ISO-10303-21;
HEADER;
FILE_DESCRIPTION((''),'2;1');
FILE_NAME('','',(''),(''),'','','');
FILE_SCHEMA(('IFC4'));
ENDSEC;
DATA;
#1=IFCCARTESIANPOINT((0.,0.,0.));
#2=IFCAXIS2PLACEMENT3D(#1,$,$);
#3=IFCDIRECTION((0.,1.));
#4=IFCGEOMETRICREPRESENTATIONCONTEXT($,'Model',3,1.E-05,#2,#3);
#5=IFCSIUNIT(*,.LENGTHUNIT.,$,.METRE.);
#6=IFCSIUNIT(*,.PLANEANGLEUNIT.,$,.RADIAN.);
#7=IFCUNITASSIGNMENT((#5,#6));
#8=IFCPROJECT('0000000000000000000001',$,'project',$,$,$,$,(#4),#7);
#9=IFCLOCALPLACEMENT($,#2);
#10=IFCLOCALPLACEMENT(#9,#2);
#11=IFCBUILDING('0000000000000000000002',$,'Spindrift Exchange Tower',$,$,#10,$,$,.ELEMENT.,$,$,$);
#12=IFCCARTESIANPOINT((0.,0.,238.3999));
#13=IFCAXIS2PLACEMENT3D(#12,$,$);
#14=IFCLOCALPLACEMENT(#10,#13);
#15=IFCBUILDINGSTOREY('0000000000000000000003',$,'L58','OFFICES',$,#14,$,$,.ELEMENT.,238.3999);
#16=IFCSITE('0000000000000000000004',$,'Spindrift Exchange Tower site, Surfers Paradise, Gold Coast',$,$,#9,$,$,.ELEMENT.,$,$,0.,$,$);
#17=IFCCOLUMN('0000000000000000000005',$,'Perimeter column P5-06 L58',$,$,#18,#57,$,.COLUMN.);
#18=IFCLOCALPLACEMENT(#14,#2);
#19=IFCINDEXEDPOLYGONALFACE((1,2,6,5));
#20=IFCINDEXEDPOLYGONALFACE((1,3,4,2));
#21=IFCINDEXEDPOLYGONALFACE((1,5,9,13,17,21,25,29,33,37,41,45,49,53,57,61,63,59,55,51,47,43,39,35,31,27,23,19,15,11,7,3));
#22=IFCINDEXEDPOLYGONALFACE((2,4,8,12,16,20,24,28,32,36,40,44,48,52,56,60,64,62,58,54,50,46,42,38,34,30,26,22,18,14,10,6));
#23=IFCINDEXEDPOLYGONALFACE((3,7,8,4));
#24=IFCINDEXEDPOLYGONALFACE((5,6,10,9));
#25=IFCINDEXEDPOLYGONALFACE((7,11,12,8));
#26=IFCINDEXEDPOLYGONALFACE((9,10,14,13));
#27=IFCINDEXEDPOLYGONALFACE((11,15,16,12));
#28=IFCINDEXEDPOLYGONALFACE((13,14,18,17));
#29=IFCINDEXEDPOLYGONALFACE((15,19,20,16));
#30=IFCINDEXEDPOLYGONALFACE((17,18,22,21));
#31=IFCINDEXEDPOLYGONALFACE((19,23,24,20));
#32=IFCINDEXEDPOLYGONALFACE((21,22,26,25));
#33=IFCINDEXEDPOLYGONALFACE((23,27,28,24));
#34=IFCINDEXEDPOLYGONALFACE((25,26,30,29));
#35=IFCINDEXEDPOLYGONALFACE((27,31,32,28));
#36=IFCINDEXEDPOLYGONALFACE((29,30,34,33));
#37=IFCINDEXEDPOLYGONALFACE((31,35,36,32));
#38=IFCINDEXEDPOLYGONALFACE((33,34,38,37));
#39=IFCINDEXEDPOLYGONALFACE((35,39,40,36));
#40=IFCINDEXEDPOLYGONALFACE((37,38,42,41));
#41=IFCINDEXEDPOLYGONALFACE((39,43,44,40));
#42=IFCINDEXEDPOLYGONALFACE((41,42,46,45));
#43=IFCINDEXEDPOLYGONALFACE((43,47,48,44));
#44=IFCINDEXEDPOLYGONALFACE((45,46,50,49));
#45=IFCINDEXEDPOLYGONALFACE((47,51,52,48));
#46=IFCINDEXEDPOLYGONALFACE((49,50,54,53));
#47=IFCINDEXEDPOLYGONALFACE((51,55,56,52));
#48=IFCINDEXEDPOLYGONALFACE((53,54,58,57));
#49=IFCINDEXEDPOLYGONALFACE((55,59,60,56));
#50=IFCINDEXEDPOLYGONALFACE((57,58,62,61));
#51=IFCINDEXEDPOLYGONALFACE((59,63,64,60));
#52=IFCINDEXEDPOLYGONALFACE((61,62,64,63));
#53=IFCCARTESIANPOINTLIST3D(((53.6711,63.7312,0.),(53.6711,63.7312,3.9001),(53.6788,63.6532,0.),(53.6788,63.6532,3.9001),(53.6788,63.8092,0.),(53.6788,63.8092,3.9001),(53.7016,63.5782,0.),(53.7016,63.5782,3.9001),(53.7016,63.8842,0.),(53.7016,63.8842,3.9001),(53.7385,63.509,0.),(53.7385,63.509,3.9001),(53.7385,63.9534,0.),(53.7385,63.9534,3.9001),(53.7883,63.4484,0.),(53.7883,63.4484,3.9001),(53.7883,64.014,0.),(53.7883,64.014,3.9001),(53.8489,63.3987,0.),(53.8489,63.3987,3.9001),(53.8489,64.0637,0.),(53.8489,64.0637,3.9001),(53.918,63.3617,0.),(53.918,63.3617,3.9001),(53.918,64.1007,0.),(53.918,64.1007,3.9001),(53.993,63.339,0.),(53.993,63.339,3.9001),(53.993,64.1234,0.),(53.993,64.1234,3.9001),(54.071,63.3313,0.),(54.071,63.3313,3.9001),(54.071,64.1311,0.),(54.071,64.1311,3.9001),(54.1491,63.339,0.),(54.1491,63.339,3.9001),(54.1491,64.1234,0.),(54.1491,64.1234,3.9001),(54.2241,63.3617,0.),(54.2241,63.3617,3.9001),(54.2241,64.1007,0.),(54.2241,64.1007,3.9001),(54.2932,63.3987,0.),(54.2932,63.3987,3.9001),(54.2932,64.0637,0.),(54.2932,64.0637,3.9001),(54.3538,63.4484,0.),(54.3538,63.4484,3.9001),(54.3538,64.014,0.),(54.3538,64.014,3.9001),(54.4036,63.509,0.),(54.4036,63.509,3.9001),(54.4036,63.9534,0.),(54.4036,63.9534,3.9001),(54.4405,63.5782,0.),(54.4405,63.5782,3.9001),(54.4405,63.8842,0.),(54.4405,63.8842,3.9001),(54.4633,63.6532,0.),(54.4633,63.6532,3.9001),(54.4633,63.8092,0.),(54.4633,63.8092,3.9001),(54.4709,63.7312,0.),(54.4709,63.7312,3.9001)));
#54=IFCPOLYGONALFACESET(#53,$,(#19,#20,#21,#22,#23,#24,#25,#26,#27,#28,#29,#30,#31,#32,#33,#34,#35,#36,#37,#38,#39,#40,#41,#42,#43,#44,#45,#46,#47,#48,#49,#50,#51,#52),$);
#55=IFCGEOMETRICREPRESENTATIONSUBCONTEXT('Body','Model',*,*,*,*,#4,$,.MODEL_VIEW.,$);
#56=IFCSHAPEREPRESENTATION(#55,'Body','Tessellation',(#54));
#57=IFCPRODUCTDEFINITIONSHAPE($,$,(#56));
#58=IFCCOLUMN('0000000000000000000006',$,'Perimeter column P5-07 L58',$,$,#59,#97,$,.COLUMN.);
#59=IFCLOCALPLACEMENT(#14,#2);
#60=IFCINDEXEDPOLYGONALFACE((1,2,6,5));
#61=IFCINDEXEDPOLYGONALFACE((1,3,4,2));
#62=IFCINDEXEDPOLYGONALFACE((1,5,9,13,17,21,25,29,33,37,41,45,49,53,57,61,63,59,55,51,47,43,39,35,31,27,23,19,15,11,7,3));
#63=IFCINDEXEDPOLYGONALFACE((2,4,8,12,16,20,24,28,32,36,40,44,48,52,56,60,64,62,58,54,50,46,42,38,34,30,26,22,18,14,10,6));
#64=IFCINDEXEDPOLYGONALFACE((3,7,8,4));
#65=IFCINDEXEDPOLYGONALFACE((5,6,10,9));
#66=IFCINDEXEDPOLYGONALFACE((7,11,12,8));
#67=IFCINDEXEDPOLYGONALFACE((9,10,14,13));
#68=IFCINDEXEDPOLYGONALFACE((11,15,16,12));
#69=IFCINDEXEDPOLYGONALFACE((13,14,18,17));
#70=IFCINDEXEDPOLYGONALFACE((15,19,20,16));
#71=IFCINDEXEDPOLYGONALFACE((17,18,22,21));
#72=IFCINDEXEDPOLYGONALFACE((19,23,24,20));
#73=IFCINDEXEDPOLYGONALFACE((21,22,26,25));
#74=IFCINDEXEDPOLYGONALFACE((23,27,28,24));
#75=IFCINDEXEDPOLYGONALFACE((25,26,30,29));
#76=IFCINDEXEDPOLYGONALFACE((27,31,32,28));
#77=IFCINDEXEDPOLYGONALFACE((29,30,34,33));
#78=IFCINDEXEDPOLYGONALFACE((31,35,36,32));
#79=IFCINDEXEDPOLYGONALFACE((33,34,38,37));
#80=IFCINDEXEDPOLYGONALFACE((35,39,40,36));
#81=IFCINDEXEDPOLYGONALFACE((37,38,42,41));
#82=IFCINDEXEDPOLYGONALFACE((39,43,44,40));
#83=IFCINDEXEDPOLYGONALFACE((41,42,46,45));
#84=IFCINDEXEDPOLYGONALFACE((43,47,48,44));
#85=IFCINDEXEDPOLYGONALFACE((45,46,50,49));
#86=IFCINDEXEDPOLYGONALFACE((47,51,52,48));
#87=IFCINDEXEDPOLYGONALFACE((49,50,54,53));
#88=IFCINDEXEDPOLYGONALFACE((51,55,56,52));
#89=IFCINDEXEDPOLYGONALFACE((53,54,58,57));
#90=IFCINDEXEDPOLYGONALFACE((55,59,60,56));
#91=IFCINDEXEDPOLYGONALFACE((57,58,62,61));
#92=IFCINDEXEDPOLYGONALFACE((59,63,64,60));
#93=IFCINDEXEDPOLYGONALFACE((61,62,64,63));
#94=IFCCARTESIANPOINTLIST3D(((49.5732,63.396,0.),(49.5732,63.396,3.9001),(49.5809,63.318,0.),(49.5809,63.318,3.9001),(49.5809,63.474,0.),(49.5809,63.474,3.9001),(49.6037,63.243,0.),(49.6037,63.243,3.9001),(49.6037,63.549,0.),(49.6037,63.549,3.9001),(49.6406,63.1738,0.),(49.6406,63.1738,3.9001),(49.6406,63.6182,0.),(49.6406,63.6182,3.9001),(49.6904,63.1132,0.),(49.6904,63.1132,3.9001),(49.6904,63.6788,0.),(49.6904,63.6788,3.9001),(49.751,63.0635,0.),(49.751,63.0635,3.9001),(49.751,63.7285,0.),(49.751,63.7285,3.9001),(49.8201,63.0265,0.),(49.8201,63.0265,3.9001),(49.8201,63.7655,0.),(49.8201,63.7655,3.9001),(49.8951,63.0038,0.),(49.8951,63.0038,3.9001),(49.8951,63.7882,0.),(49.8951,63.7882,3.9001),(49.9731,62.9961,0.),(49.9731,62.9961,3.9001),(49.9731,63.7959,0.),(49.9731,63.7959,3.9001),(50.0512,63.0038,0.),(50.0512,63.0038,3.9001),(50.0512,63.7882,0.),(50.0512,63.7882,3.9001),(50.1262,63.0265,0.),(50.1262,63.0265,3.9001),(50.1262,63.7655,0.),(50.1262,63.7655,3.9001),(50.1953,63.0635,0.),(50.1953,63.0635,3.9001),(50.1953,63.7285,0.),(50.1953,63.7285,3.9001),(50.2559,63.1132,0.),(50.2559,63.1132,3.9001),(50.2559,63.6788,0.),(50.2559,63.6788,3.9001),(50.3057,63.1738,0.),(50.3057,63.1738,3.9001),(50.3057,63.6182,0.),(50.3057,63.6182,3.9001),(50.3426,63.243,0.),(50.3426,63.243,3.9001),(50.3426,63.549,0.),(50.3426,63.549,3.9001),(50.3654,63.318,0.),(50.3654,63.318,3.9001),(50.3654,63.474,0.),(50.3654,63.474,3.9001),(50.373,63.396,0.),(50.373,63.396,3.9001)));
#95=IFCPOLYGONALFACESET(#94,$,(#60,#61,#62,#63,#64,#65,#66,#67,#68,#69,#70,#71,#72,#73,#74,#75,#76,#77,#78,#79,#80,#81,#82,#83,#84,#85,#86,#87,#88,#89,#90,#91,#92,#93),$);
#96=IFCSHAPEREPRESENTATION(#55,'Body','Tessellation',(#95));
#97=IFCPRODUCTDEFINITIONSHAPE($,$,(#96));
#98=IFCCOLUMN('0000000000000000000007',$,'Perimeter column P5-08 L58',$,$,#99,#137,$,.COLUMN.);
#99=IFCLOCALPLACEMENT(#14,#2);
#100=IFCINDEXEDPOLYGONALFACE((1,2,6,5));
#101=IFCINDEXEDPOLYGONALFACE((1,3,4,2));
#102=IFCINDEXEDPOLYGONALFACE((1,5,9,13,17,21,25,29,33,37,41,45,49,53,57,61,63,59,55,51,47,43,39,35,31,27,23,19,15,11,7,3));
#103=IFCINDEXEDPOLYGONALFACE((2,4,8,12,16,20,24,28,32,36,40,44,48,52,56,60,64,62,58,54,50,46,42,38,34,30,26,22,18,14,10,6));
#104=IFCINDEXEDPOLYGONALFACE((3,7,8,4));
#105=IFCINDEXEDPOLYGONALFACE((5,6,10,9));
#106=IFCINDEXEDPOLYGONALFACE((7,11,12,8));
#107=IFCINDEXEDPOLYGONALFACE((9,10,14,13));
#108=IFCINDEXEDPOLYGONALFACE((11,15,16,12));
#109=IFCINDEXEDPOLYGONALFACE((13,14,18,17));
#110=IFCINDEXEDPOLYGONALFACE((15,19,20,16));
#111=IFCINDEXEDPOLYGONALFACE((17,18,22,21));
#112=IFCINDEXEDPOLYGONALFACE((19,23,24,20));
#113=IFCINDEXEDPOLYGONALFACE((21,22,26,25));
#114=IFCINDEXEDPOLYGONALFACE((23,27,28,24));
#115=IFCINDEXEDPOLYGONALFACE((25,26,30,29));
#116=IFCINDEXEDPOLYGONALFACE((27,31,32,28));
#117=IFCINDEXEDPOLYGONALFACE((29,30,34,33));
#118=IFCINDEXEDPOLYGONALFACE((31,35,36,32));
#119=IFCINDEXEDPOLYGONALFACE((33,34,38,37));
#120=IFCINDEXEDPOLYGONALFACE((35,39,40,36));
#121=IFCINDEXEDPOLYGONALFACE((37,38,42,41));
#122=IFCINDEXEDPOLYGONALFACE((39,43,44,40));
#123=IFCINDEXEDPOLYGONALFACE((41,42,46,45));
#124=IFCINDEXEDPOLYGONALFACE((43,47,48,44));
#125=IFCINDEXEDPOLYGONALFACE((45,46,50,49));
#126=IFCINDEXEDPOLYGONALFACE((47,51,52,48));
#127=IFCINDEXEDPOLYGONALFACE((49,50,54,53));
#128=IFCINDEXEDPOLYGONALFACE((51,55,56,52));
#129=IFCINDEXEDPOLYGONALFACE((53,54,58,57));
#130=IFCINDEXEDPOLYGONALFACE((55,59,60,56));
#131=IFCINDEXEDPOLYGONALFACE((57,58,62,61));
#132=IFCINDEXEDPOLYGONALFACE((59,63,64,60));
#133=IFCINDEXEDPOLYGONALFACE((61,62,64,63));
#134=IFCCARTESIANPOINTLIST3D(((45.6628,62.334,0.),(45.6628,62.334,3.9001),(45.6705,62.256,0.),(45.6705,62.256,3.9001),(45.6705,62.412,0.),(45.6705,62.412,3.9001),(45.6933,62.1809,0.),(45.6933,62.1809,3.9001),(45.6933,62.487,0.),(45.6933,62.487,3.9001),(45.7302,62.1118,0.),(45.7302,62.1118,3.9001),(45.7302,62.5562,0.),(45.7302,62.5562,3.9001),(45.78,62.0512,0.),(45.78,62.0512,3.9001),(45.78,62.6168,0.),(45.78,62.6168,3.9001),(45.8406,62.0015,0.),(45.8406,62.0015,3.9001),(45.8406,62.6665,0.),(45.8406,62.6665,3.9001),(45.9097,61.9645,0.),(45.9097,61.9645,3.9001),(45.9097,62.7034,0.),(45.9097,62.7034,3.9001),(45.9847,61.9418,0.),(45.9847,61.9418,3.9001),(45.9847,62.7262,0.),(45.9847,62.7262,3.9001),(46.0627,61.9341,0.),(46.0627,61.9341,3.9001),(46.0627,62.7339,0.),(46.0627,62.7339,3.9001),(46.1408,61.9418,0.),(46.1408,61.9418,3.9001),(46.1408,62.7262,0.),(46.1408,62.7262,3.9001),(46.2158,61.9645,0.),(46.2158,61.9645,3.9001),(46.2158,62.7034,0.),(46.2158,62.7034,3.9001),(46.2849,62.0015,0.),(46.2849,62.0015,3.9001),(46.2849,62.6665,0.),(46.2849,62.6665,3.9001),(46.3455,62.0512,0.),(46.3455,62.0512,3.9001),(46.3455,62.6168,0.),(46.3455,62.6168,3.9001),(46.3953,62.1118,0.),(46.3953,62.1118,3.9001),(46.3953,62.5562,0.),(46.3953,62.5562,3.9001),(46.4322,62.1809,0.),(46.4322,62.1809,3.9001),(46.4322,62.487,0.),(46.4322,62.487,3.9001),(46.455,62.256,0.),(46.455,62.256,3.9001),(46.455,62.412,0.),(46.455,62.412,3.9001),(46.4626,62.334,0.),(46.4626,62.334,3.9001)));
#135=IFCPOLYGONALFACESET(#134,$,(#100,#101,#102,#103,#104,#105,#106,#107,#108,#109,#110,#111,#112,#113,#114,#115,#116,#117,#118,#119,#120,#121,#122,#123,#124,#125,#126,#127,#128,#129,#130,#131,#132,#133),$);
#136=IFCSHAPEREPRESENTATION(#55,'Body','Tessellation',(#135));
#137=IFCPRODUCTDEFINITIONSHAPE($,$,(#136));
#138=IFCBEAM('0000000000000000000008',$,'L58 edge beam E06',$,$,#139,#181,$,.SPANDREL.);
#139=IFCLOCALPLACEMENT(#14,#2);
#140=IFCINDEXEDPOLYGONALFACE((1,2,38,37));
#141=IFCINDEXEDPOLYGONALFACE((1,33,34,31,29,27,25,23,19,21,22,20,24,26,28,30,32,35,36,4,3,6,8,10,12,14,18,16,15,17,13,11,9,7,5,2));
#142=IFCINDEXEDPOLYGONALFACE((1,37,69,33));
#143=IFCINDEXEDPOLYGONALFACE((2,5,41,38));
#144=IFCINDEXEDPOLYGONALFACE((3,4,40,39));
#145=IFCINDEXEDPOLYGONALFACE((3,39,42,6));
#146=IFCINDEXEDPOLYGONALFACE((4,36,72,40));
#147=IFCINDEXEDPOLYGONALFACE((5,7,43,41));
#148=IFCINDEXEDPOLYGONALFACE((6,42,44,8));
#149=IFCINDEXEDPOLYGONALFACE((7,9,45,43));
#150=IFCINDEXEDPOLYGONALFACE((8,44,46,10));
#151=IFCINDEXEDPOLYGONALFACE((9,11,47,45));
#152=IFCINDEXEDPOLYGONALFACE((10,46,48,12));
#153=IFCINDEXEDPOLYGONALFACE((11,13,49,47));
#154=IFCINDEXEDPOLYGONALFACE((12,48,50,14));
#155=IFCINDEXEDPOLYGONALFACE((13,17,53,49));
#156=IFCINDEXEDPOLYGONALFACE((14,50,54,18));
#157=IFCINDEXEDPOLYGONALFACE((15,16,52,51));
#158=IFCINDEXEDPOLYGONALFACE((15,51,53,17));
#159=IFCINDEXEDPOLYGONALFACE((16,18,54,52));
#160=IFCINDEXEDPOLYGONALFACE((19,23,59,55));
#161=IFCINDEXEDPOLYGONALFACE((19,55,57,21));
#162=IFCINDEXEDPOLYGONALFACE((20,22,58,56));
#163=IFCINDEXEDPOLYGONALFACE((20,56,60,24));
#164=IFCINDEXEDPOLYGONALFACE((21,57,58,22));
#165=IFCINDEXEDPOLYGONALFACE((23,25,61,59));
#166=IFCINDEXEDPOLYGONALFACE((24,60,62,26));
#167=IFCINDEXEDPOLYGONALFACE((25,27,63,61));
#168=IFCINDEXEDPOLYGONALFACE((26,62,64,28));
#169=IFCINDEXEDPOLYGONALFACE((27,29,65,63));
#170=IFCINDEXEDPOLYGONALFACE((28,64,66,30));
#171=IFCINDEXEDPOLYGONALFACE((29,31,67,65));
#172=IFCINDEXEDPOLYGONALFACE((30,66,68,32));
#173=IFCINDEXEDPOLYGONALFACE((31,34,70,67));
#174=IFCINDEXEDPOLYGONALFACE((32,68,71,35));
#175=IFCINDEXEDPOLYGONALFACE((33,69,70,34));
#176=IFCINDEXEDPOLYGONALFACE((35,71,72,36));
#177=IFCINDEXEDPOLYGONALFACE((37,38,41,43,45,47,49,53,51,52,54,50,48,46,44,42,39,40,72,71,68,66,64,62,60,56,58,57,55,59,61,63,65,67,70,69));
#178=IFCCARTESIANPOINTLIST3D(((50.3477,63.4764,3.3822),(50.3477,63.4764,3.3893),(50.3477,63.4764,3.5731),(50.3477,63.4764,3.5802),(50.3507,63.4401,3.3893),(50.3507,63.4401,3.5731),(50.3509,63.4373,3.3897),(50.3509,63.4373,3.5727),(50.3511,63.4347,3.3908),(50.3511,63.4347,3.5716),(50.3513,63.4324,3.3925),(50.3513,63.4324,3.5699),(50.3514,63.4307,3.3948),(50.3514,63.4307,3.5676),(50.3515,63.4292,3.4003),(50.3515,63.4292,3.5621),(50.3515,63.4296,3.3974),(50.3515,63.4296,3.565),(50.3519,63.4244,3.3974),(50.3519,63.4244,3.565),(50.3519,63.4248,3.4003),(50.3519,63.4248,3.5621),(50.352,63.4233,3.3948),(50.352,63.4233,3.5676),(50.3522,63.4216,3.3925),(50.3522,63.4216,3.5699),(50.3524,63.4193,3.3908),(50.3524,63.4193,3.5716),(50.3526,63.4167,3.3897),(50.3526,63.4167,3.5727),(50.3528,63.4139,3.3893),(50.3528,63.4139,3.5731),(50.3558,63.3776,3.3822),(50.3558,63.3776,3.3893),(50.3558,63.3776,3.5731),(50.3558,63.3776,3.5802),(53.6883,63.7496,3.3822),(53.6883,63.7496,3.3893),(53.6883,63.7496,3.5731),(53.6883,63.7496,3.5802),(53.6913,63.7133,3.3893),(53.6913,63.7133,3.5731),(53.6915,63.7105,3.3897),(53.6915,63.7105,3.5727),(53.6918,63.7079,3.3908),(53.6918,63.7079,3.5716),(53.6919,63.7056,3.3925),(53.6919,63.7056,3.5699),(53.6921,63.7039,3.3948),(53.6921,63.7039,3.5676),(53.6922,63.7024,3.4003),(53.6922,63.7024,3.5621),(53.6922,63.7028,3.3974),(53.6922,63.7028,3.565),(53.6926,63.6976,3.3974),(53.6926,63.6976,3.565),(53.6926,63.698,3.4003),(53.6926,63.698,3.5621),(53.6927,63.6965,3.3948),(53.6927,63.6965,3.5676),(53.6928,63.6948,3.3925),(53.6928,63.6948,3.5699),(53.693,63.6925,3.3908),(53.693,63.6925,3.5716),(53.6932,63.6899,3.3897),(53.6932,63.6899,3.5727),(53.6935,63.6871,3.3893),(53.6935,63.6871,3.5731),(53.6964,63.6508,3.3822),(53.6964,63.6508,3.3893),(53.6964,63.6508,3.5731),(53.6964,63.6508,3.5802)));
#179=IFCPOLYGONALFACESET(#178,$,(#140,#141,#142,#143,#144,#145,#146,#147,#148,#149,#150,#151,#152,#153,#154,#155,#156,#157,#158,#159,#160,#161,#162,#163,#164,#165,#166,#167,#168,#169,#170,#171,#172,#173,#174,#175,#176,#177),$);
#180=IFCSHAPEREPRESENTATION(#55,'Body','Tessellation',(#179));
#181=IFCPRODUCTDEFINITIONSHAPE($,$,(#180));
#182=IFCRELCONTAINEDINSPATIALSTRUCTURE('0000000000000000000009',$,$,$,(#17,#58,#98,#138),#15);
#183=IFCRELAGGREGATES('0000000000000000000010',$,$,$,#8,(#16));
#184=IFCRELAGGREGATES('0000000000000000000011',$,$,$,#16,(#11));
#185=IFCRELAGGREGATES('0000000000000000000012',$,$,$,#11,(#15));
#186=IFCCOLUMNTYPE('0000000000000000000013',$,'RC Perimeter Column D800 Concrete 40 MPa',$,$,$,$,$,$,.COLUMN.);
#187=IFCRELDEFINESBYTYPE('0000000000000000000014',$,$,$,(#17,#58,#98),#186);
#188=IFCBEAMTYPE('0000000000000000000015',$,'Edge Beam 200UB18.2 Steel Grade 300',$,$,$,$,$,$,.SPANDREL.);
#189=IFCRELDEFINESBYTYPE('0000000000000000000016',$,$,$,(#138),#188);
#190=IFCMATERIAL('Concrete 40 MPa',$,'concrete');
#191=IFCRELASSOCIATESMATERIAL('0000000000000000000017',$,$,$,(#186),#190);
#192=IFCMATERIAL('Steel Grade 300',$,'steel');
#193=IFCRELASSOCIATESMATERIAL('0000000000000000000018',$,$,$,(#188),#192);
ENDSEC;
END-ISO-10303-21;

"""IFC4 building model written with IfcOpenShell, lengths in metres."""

from ifc_helpers import new_model, si_unit, direction, frame, origin, origin_2d, place, context, subcontext, project, spatial, circle, i_section, extrude, source, transform, mapped, material, material_profile, profile_set, type_object, element, save


model = new_model("IFC4")

# Units and contexts
model_context = context("Model", 3, precision=1e-05, world=origin(), true_north=direction((0.0, 1.0)))
body_context = subcontext(model_context, "Body", "Model", "MODEL_VIEW")
ifc_project = project(units=[si_unit("LENGTHUNIT", "METRE"), si_unit("PLANEANGLEUNIT", "RADIAN")], contexts=[model_context])

# Site, building, storey
site_placement = place(None, origin())
site = spatial("IfcSite", under=ifc_project, at=site_placement, Name="Spindrift Exchange Tower site, Surfers Paradise, Gold Coast", CompositionType="ELEMENT", RefElevation=0.0)
building_placement = place(site_placement, origin())
building = spatial("IfcBuilding", under=site, at=building_placement, Name="Spindrift Exchange Tower", CompositionType="ELEMENT")
storey_placement = place(building_placement, frame((0.0, 0.0, 238.3999)))
storey = spatial("IfcBuildingStorey", under=building, at=storey_placement, Name="L58", Description="OFFICES", CompositionType="ELEMENT", Elevation=238.3999)

# Columns
ifc_material_1 = material(Name="Concrete 40 MPa", Category="concrete")
ifc_material_profile_1 = material_profile(ifc_material_1, circle(Radius=0.3999, at=origin_2d()), Name="RC D800")
ifc_profile_set_1 = profile_set([ifc_material_profile_1], Name="Concrete 40 MPa")
column_type = type_object("IfcColumnType", Name="RC Perimeter Column D800 Concrete 40 MPa", PredefinedType="COLUMN", material=ifc_profile_set_1)
shared_shape_1 = source(origin(), body_context, "Body", "SweptSolid", [
    extrude(circle(Radius=0.3999, at=origin_2d()), origin(), (0.0, 0.0, 1.0), 3.9001),
])
for number, where, z_axis, x_axis, name in (
    (1, (54.071, 63.7312, 0.0), (0.0, 0.0, 1.0), (1.0, 0.0, 0.0), "Perimeter column P5-06 L58"),
    (2, (49.9731, 63.396, 0.0), (0.0, 0.0, 1.0), (1.0, 0.0, 0.0), "Perimeter column P5-07 L58"),
    (3, (46.0627, 62.334, 0.0), (0.0, 0.0, 1.0), (1.0, 0.0, 0.0), "Perimeter column P5-08 L58"),
):
    element("IfcColumn", number, at=place(storey_placement, frame(where, z_axis=z_axis, x_axis=x_axis)), inside=storey, type_object=column_type, Name=name, PredefinedType="COLUMN", context=body_context, shape_type="MappedRepresentation", body=[
        mapped(shared_shape_1, transform((0.0, 0.0, 0.0), scale=1.0)),
    ])

# Beam
ifc_material_2 = material(Name="Steel Grade 300", Category="steel")
ifc_material_profile_2 = material_profile(ifc_material_2, i_section(OverallWidth=0.0991, OverallDepth=0.198, WebThickness=0.0044, FlangeThickness=0.0071, FilletRadius=0.011, at=origin_2d()), Name="200UB18.2")
ifc_profile_set_2 = profile_set([ifc_material_profile_2], Name="Steel Grade 300")
beam_type_1 = type_object("IfcBeamType", Name="Edge Beam 200UB18.2 Steel Grade 300", PredefinedType="SPANDREL", material=ifc_profile_set_2)
shared_shape_2 = source(origin(), body_context, "Body", "SweptSolid", [
    extrude(i_section(OverallWidth=0.0991, OverallDepth=0.198, WebThickness=0.0044, FlangeThickness=0.0071, FilletRadius=0.011, at=origin_2d()), origin(), (0.0, 0.0, 1.0), 3.3518),
])
beam_1_placement = place(storey_placement, frame((53.6924, 63.7002, 3.4812), z_axis=(-0.996673, -0.081508, 0.0), x_axis=(0.081508, -0.996673, 0.0)))
element("IfcBeam", 4, at=beam_1_placement, inside=storey, type_object=beam_type_1, Name="L58 edge beam E06", PredefinedType="SPANDREL", context=body_context, shape_type="MappedRepresentation", body=[
    mapped(shared_shape_2, transform((0.0, 0.0, 0.0), scale=1.0)),
])

save(model, "model.ifc")
